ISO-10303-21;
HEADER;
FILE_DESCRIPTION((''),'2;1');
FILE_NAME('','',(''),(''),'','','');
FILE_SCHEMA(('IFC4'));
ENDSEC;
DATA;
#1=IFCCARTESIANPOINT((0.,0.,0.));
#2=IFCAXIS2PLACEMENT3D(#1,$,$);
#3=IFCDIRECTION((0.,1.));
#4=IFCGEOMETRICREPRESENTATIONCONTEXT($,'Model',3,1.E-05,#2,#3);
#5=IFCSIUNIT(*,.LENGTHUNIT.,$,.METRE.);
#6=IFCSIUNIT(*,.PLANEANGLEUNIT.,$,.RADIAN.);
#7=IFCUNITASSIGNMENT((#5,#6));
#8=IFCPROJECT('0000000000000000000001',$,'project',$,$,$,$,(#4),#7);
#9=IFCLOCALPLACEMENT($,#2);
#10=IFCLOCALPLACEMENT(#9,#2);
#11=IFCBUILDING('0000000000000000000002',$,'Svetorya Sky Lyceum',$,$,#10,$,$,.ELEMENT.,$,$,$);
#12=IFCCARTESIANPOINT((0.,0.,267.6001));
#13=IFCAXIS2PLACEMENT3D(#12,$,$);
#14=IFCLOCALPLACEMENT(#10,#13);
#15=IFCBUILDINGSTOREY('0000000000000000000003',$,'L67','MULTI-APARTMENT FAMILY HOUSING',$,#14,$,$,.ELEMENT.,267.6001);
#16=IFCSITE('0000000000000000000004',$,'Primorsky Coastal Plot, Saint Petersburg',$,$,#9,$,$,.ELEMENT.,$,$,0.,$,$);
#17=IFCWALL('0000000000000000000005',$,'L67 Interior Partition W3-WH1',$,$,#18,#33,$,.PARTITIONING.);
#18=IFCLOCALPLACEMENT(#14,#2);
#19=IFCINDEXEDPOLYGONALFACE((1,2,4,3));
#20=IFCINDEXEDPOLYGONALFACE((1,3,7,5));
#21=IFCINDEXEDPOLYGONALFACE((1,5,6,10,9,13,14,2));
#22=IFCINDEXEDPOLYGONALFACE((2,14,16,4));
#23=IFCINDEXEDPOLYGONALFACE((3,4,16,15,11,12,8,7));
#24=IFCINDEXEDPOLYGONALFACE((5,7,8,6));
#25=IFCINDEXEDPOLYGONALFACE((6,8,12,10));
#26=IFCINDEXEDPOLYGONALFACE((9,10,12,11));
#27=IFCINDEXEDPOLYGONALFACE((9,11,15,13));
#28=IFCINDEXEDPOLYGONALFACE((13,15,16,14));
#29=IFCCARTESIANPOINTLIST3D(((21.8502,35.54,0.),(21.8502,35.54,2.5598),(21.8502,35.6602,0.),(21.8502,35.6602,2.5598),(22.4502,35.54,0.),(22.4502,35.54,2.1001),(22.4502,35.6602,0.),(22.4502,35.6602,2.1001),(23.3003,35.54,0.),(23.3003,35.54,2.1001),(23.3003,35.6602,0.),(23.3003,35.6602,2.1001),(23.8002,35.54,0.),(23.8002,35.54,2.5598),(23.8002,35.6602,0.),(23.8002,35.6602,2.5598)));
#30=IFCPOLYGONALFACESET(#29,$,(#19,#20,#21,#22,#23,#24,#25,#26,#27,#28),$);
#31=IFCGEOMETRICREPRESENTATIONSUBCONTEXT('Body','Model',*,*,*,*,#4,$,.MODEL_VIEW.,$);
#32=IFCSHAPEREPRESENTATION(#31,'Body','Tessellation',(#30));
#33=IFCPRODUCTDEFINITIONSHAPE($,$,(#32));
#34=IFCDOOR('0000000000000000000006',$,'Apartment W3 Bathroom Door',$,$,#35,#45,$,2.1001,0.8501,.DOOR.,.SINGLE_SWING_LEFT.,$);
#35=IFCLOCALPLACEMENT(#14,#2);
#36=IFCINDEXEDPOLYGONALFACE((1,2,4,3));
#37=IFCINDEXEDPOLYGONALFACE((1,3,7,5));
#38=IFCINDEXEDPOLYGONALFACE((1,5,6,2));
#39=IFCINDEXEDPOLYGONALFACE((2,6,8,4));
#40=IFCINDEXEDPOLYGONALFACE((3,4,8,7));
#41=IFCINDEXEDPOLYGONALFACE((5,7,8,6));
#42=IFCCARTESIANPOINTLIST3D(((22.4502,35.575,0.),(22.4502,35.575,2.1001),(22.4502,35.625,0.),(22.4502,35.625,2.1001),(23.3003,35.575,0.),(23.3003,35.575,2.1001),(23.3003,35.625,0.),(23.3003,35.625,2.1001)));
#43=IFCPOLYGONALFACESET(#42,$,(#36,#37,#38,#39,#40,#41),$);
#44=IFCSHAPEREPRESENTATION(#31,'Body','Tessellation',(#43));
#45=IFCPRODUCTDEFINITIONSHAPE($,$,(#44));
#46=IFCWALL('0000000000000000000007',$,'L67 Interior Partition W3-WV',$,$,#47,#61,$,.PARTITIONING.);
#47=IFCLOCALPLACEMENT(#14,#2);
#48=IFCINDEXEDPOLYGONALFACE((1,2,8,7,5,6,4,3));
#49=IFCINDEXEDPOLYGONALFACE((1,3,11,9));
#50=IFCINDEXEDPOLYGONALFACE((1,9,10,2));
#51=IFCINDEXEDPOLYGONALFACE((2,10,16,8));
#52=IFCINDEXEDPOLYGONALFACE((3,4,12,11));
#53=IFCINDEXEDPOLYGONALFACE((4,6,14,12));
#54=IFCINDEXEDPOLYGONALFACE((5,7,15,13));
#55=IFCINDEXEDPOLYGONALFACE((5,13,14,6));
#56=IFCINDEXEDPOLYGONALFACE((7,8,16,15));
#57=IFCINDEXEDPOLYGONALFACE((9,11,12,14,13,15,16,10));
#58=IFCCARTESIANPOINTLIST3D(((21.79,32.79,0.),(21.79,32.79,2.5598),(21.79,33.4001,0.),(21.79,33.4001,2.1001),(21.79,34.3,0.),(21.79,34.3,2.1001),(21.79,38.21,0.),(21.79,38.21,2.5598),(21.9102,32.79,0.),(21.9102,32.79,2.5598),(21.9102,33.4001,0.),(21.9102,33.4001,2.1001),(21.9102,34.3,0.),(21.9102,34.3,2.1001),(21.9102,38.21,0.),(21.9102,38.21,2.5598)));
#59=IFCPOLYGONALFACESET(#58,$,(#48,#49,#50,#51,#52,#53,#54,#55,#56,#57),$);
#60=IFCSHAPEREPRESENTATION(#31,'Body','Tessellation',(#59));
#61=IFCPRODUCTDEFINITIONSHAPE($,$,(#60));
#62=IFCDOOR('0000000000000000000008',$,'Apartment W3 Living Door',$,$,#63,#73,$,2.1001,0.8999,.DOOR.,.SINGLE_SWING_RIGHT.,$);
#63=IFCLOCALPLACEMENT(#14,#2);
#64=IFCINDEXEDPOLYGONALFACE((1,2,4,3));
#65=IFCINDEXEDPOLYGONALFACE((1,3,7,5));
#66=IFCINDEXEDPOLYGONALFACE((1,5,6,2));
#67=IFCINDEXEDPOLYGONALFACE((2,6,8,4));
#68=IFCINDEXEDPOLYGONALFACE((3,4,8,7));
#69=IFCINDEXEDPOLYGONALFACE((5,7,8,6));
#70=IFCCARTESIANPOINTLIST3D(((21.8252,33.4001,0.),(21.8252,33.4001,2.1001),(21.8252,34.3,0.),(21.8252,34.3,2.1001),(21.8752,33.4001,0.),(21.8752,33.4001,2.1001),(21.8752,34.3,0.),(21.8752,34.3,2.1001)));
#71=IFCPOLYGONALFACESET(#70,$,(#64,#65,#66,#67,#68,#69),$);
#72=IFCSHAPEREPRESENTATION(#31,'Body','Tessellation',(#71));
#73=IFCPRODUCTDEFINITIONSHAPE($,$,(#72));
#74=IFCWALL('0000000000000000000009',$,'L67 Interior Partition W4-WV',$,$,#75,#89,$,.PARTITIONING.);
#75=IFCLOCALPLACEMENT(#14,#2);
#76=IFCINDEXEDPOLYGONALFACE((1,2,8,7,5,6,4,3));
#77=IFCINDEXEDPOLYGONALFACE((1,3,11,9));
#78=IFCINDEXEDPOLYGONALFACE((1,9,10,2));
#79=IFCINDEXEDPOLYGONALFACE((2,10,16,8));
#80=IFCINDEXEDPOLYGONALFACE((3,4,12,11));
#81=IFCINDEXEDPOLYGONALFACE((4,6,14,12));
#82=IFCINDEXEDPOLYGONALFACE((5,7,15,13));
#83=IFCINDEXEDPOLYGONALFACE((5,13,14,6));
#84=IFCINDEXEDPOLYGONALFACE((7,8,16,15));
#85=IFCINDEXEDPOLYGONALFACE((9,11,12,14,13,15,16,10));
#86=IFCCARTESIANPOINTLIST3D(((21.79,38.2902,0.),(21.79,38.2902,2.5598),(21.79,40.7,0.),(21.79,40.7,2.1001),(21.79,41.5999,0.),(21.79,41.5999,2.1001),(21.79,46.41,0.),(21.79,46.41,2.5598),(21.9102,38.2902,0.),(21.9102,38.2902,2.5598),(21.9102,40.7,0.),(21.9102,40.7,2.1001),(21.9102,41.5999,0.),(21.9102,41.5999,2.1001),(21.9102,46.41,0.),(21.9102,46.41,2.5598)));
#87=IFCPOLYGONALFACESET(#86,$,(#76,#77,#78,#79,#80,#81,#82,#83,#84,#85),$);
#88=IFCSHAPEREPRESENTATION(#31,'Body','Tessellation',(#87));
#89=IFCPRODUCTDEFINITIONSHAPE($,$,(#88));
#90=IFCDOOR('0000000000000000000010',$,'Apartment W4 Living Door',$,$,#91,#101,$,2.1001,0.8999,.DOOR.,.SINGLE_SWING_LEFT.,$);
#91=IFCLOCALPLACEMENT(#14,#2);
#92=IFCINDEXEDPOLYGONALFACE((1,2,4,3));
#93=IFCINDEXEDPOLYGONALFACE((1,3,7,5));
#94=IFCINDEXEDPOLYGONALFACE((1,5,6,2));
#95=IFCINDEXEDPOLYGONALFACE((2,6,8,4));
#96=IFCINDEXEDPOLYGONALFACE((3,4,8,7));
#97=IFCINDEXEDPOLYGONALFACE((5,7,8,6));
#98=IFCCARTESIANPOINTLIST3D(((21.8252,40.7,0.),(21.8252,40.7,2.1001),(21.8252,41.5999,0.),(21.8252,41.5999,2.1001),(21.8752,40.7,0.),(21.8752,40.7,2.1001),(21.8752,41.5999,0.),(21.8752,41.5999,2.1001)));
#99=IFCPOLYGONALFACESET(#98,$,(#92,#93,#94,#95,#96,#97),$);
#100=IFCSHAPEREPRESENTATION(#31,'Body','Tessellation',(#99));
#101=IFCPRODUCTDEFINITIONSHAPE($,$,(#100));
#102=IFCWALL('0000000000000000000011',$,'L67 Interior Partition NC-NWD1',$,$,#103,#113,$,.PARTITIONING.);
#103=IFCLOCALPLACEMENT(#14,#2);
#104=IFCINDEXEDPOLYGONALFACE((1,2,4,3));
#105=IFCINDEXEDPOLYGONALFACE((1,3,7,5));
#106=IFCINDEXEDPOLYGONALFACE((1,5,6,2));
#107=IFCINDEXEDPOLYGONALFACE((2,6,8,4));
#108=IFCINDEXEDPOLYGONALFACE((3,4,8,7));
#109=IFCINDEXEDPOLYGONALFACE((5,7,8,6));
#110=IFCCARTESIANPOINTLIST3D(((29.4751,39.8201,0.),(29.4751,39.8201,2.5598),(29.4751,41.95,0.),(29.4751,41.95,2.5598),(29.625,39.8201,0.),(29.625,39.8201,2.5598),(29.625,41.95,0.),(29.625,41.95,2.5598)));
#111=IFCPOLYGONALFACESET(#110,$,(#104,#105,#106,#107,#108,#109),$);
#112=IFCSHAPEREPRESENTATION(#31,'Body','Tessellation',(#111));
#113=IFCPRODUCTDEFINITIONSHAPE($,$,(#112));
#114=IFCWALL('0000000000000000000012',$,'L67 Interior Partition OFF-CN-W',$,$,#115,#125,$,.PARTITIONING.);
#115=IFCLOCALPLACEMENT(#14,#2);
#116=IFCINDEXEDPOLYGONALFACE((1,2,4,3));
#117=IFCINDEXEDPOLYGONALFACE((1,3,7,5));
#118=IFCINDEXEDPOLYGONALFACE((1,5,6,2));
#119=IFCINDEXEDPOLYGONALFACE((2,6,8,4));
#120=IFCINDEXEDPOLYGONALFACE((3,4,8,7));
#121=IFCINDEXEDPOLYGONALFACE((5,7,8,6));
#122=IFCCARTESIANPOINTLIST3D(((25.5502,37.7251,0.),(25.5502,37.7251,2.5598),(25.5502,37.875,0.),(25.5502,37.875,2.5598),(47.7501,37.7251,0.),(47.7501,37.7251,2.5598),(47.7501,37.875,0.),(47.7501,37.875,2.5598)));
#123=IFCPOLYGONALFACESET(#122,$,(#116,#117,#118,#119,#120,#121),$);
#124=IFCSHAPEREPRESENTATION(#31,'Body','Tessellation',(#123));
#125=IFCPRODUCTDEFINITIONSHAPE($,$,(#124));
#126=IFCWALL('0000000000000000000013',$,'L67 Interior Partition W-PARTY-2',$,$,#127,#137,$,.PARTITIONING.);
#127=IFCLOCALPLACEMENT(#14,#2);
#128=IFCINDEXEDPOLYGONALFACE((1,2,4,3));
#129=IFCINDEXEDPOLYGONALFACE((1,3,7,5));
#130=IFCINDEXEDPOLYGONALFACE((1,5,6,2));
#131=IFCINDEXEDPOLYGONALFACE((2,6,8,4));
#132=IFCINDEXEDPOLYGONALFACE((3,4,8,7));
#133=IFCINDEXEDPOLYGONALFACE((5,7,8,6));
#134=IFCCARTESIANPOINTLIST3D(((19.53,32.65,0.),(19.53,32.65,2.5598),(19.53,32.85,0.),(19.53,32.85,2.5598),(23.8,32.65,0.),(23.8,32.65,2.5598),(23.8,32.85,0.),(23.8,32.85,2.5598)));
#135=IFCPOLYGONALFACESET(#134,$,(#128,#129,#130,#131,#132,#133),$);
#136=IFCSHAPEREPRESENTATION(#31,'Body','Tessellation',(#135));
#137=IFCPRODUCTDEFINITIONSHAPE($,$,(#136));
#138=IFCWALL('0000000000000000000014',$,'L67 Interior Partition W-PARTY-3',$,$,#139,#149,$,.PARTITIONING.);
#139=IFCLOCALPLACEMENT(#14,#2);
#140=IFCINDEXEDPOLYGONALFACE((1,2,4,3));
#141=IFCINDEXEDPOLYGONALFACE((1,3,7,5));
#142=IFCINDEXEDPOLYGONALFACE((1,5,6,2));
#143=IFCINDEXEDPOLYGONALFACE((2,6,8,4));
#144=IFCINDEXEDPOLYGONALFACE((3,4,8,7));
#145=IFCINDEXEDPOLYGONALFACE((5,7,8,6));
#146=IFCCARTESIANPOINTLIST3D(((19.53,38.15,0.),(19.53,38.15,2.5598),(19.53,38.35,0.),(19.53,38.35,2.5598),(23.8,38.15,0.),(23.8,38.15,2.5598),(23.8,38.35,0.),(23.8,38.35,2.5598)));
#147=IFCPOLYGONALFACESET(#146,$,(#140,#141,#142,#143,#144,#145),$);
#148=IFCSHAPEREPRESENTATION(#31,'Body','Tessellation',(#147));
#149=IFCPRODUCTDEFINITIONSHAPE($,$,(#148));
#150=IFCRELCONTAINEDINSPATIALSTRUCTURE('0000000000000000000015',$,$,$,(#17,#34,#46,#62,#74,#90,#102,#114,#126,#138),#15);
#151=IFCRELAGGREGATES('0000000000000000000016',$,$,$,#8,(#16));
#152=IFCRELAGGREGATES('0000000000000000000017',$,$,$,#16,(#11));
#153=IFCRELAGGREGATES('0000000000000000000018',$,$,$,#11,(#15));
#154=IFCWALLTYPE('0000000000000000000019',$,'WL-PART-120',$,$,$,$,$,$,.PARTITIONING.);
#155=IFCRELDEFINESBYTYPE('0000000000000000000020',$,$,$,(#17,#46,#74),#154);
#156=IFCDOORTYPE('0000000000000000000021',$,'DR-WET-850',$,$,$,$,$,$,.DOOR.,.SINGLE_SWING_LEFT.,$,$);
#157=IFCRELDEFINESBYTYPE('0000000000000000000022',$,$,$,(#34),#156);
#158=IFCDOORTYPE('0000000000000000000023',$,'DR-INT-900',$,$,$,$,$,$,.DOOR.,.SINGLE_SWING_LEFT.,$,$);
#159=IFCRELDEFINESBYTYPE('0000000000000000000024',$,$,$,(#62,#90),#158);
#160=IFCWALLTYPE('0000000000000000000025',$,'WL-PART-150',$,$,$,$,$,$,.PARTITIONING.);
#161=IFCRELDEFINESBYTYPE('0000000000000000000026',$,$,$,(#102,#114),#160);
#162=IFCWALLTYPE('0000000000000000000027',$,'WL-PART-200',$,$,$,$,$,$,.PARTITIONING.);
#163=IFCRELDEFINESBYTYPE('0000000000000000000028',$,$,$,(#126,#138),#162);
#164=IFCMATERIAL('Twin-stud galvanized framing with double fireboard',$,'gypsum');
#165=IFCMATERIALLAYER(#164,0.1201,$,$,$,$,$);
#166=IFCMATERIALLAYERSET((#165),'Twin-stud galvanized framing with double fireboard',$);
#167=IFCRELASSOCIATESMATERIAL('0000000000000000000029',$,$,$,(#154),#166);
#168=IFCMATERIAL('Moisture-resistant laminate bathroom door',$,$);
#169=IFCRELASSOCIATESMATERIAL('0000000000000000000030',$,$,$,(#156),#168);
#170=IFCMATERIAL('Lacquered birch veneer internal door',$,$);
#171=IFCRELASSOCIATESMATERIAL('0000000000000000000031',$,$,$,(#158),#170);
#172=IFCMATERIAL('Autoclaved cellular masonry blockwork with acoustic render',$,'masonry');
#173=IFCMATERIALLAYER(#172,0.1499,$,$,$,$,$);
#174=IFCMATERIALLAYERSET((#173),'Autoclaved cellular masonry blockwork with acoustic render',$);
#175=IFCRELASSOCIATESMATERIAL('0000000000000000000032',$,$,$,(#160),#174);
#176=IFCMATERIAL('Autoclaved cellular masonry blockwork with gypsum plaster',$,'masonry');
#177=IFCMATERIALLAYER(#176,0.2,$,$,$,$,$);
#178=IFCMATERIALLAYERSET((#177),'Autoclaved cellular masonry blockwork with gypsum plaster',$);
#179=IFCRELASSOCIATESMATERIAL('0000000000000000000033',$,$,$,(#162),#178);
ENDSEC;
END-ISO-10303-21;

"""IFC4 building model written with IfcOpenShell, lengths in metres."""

from ifc_helpers import new_model, si_unit, direction, frame, frame_2d, origin, place, context, subcontext, project, spatial, rectangle, extrude, material, layer, layer_set, type_object, element, fill, save


model = new_model("IFC4")

# Units and contexts
model_context = context("Model", 3, precision=1e-05, world=origin(), true_north=direction((0.0, 1.0)))
body_context = subcontext(model_context, "Body", "Model", "MODEL_VIEW")
ifc_project = project(units=[si_unit("LENGTHUNIT", "METRE"), si_unit("PLANEANGLEUNIT", "RADIAN")], contexts=[model_context])

# Site, building, storey
site_placement = place(None, origin())
site = spatial("IfcSite", under=ifc_project, at=site_placement, Name="Primorsky Coastal Plot, Saint Petersburg", CompositionType="ELEMENT", RefElevation=0.0)
building_placement = place(site_placement, origin())
building = spatial("IfcBuilding", under=site, at=building_placement, Name="Svetorya Sky Lyceum", CompositionType="ELEMENT")
storey_placement = place(building_placement, frame((0.0, 0.0, 267.6001)))
storey = spatial("IfcBuildingStorey", under=building, at=storey_placement, Name="L67", Description="MULTI-APARTMENT FAMILY HOUSING", CompositionType="ELEMENT", Elevation=267.6001)

# Walls, openings, doors
ifc_material_1 = material(Name="Twin-stud galvanized framing with double fireboard", Category="gypsum")
ifc_layer_1 = layer(ifc_material_1, 0.1201)
ifc_layer_set_1 = layer_set([ifc_layer_1], Name="Twin-stud galvanized framing with double fireboard")
wall_type_1 = type_object("IfcWallType", Name="WL-PART-120", PredefinedType="PARTITIONING", material=ifc_layer_set_1)
ifc_material_2 = material(Name="Moisture-resistant laminate bathroom door")
door_type_1 = type_object("IfcDoorType", Name="DR-WET-850", OperationType="SINGLE_SWING_LEFT", PredefinedType="DOOR", material=ifc_material_2)
wall_1_placement = place(storey_placement, frame((21.8501, 35.6001, 0.0), z_axis=(0.0, 0.0, 1.0), x_axis=(1.0, 0.0, 0.0)))
wall_1 = element("IfcWall", 1, at=wall_1_placement, inside=storey, type_object=wall_type_1, Name="L67 Interior Partition W3-WH1", PredefinedType="PARTITIONING", context=body_context, shape_type="SweptSolid", body=[
    extrude(rectangle(XDim=1.95, YDim=0.1201, at=frame_2d((0.9751, 0.0))), origin(), (0.0, 0.0, 1.0), 2.5598),
])
opening_1_placement = place(wall_1_placement, frame((0.6001, 0.0, 0.0)))
opening_1 = element("IfcOpeningElement", 2, at=opening_1_placement, cuts=wall_1, PredefinedType="OPENING", context=body_context, shape_type="SweptSolid", body=[
    extrude(rectangle(XDim=0.8501, YDim=2.1001, at=frame_2d((0.425, 1.05))), frame((0.0, 0.0701, 0.0), z_axis=(0.0, -1.0, 0.0), x_axis=(1.0, 0.0, 0.0)), (0.0, 0.0, 1.0), 0.1401),
])
door_1_placement = place(opening_1_placement, origin())
door_1 = element("IfcDoor", 3, at=door_1_placement, inside=storey, type_object=door_type_1, Name="Apartment W3 Bathroom Door", OperationType="SINGLE_SWING_LEFT", OverallHeight=2.1001, OverallWidth=0.8501, PredefinedType="DOOR", context=body_context, shape_type="SweptSolid", body=[
    extrude(rectangle(XDim=0.8501, YDim=2.1001, at=frame_2d((0.425, 1.05))), frame((0.0, 0.0249, 0.0), z_axis=(0.0, -1.0, 0.0), x_axis=(1.0, 0.0, 0.0)), (0.0, 0.0, 1.0), 0.05),
])
fill(opening_1, door_1)
wall_2_placement = place(storey_placement, frame((21.8501, 32.79, 0.0), z_axis=(0.0, 0.0, 1.0), x_axis=(0.0, 1.0, 0.0)))
wall_2 = element("IfcWall", 4, at=wall_2_placement, inside=storey, type_object=wall_type_1, Name="L67 Interior Partition W3-WV", PredefinedType="PARTITIONING", context=body_context, shape_type="SweptSolid", body=[
    extrude(rectangle(XDim=5.4199, YDim=0.1201, at=frame_2d((2.71, 0.0))), origin(), (0.0, 0.0, 1.0), 2.5598),
])
opening_2_placement = place(wall_2_placement, frame((0.6101, 0.0, 0.0)))
opening_2 = element("IfcOpeningElement", 5, at=opening_2_placement, cuts=wall_2, PredefinedType="OPENING", context=body_context, shape_type="SweptSolid", body=[
    extrude(rectangle(XDim=0.8999, YDim=2.1001, at=frame_2d((0.45, 1.05))), frame((0.0, 0.0701, 0.0), z_axis=(0.0, -1.0, 0.0), x_axis=(1.0, 0.0, 0.0)), (0.0, 0.0, 1.0), 0.1401),
])
ifc_material_3 = material(Name="Lacquered birch veneer internal door")
door_type_2 = type_object("IfcDoorType", Name="DR-INT-900", OperationType="SINGLE_SWING_LEFT", PredefinedType="DOOR", material=ifc_material_3)
door_2_placement = place(opening_2_placement, origin())
door_2 = element("IfcDoor", 6, at=door_2_placement, inside=storey, type_object=door_type_2, Name="Apartment W3 Living Door", OperationType="SINGLE_SWING_RIGHT", OverallHeight=2.1001, OverallWidth=0.8999, PredefinedType="DOOR", context=body_context, shape_type="SweptSolid", body=[
    extrude(rectangle(XDim=0.8999, YDim=2.1001, at=frame_2d((0.45, 1.05))), frame((0.0, 0.0249, 0.0), z_axis=(0.0, -1.0, 0.0), x_axis=(1.0, 0.0, 0.0)), (0.0, 0.0, 1.0), 0.05),
])
fill(opening_2, door_2)
wall_3_placement = place(storey_placement, frame((21.8501, 38.29, 0.0), z_axis=(0.0, 0.0, 1.0), x_axis=(0.0, 1.0, 0.0)))
wall_3 = element("IfcWall", 7, at=wall_3_placement, inside=storey, type_object=wall_type_1, Name="L67 Interior Partition W4-WV", PredefinedType="PARTITIONING", context=body_context, shape_type="SweptSolid", body=[
    extrude(rectangle(XDim=8.1199, YDim=0.1201, at=frame_2d((4.0601, 0.0))), origin(), (0.0, 0.0, 1.0), 2.5598),
])
opening_3_placement = place(wall_3_placement, frame((2.4099, 0.0, 0.0)))
opening_3 = element("IfcOpeningElement", 8, at=opening_3_placement, cuts=wall_3, PredefinedType="OPENING", context=body_context, shape_type="SweptSolid", body=[
    extrude(rectangle(XDim=0.8999, YDim=2.1001, at=frame_2d((0.45, 1.05))), frame((0.0, 0.0701, 0.0), z_axis=(0.0, -1.0, 0.0), x_axis=(1.0, 0.0, 0.0)), (0.0, 0.0, 1.0), 0.1401),
])
door_3_placement = place(opening_3_placement, origin())
door_3 = element("IfcDoor", 9, at=door_3_placement, inside=storey, type_object=door_type_2, Name="Apartment W4 Living Door", OperationType="SINGLE_SWING_LEFT", OverallHeight=2.1001, OverallWidth=0.8999, PredefinedType="DOOR", context=body_context, shape_type="SweptSolid", body=[
    extrude(rectangle(XDim=0.8999, YDim=2.1001, at=frame_2d((0.45, 1.05))), frame((0.0, 0.0249, 0.0), z_axis=(0.0, -1.0, 0.0), x_axis=(1.0, 0.0, 0.0)), (0.0, 0.0, 1.0), 0.05),
])
fill(opening_3, door_3)

# Walls
ifc_material_4 = material(Name="Autoclaved cellular masonry blockwork with acoustic render", Category="masonry")
ifc_layer_2 = layer(ifc_material_4, 0.1499)
ifc_layer_set_2 = layer_set([ifc_layer_2], Name="Autoclaved cellular masonry blockwork with acoustic render")
wall_type_2 = type_object("IfcWallType", Name="WL-PART-150", PredefinedType="PARTITIONING", material=ifc_layer_set_2)
wall_4_placement = place(storey_placement, frame((29.55, 39.8201, 0.0), z_axis=(0.0, 0.0, 1.0), x_axis=(0.0, 1.0, 0.0)))
element("IfcWall", 10, at=wall_4_placement, inside=storey, type_object=wall_type_2, Name="L67 Interior Partition NC-NWD1", PredefinedType="PARTITIONING", context=body_context, shape_type="SweptSolid", body=[
    extrude(rectangle(XDim=2.1299, YDim=0.1499, at=frame_2d((1.0649, 0.0))), origin(), (0.0, 0.0, 1.0), 2.5598),
])
wall_5_placement = place(storey_placement, frame((25.55, 37.8, 0.0), z_axis=(0.0, 0.0, 1.0), x_axis=(1.0, 0.0, 0.0)))
element("IfcWall", 11, at=wall_5_placement, inside=storey, type_object=wall_type_2, Name="L67 Interior Partition OFF-CN-W", PredefinedType="PARTITIONING", context=body_context, shape_type="SweptSolid", body=[
    extrude(rectangle(XDim=22.2, YDim=0.1499, at=frame_2d((11.1001, 0.0))), origin(), (0.0, 0.0, 1.0), 2.5598),
])
ifc_material_5 = material(Name="Autoclaved cellular masonry blockwork with gypsum plaster", Category="masonry")
ifc_layer_3 = layer(ifc_material_5, 0.2)
ifc_layer_set_3 = layer_set([ifc_layer_3], Name="Autoclaved cellular masonry blockwork with gypsum plaster")
wall_type_3 = type_object("IfcWallType", Name="WL-PART-200", PredefinedType="PARTITIONING", material=ifc_layer_set_3)
for number, where, z_axis, x_axis, name in (
    (12, (19.53, 32.75, 0.0), (0.0, 0.0, 1.0), (1.0, 0.0, 0.0), "L67 Interior Partition W-PARTY-2"),
    (13, (19.53, 38.25, 0.0), (0.0, 0.0, 1.0), (1.0, 0.0, 0.0), "L67 Interior Partition W-PARTY-3"),
):
    element("IfcWall", number, at=place(storey_placement, frame(where, z_axis=z_axis, x_axis=x_axis)), inside=storey, type_object=wall_type_3, Name=name, PredefinedType="PARTITIONING", context=body_context, shape_type="SweptSolid", body=[
        extrude(rectangle(XDim=4.27, YDim=0.2, at=frame_2d((2.135, 0.0))), origin(), (0.0, 0.0, 1.0), 2.5598),
    ])

save(model, "model.ifc")
